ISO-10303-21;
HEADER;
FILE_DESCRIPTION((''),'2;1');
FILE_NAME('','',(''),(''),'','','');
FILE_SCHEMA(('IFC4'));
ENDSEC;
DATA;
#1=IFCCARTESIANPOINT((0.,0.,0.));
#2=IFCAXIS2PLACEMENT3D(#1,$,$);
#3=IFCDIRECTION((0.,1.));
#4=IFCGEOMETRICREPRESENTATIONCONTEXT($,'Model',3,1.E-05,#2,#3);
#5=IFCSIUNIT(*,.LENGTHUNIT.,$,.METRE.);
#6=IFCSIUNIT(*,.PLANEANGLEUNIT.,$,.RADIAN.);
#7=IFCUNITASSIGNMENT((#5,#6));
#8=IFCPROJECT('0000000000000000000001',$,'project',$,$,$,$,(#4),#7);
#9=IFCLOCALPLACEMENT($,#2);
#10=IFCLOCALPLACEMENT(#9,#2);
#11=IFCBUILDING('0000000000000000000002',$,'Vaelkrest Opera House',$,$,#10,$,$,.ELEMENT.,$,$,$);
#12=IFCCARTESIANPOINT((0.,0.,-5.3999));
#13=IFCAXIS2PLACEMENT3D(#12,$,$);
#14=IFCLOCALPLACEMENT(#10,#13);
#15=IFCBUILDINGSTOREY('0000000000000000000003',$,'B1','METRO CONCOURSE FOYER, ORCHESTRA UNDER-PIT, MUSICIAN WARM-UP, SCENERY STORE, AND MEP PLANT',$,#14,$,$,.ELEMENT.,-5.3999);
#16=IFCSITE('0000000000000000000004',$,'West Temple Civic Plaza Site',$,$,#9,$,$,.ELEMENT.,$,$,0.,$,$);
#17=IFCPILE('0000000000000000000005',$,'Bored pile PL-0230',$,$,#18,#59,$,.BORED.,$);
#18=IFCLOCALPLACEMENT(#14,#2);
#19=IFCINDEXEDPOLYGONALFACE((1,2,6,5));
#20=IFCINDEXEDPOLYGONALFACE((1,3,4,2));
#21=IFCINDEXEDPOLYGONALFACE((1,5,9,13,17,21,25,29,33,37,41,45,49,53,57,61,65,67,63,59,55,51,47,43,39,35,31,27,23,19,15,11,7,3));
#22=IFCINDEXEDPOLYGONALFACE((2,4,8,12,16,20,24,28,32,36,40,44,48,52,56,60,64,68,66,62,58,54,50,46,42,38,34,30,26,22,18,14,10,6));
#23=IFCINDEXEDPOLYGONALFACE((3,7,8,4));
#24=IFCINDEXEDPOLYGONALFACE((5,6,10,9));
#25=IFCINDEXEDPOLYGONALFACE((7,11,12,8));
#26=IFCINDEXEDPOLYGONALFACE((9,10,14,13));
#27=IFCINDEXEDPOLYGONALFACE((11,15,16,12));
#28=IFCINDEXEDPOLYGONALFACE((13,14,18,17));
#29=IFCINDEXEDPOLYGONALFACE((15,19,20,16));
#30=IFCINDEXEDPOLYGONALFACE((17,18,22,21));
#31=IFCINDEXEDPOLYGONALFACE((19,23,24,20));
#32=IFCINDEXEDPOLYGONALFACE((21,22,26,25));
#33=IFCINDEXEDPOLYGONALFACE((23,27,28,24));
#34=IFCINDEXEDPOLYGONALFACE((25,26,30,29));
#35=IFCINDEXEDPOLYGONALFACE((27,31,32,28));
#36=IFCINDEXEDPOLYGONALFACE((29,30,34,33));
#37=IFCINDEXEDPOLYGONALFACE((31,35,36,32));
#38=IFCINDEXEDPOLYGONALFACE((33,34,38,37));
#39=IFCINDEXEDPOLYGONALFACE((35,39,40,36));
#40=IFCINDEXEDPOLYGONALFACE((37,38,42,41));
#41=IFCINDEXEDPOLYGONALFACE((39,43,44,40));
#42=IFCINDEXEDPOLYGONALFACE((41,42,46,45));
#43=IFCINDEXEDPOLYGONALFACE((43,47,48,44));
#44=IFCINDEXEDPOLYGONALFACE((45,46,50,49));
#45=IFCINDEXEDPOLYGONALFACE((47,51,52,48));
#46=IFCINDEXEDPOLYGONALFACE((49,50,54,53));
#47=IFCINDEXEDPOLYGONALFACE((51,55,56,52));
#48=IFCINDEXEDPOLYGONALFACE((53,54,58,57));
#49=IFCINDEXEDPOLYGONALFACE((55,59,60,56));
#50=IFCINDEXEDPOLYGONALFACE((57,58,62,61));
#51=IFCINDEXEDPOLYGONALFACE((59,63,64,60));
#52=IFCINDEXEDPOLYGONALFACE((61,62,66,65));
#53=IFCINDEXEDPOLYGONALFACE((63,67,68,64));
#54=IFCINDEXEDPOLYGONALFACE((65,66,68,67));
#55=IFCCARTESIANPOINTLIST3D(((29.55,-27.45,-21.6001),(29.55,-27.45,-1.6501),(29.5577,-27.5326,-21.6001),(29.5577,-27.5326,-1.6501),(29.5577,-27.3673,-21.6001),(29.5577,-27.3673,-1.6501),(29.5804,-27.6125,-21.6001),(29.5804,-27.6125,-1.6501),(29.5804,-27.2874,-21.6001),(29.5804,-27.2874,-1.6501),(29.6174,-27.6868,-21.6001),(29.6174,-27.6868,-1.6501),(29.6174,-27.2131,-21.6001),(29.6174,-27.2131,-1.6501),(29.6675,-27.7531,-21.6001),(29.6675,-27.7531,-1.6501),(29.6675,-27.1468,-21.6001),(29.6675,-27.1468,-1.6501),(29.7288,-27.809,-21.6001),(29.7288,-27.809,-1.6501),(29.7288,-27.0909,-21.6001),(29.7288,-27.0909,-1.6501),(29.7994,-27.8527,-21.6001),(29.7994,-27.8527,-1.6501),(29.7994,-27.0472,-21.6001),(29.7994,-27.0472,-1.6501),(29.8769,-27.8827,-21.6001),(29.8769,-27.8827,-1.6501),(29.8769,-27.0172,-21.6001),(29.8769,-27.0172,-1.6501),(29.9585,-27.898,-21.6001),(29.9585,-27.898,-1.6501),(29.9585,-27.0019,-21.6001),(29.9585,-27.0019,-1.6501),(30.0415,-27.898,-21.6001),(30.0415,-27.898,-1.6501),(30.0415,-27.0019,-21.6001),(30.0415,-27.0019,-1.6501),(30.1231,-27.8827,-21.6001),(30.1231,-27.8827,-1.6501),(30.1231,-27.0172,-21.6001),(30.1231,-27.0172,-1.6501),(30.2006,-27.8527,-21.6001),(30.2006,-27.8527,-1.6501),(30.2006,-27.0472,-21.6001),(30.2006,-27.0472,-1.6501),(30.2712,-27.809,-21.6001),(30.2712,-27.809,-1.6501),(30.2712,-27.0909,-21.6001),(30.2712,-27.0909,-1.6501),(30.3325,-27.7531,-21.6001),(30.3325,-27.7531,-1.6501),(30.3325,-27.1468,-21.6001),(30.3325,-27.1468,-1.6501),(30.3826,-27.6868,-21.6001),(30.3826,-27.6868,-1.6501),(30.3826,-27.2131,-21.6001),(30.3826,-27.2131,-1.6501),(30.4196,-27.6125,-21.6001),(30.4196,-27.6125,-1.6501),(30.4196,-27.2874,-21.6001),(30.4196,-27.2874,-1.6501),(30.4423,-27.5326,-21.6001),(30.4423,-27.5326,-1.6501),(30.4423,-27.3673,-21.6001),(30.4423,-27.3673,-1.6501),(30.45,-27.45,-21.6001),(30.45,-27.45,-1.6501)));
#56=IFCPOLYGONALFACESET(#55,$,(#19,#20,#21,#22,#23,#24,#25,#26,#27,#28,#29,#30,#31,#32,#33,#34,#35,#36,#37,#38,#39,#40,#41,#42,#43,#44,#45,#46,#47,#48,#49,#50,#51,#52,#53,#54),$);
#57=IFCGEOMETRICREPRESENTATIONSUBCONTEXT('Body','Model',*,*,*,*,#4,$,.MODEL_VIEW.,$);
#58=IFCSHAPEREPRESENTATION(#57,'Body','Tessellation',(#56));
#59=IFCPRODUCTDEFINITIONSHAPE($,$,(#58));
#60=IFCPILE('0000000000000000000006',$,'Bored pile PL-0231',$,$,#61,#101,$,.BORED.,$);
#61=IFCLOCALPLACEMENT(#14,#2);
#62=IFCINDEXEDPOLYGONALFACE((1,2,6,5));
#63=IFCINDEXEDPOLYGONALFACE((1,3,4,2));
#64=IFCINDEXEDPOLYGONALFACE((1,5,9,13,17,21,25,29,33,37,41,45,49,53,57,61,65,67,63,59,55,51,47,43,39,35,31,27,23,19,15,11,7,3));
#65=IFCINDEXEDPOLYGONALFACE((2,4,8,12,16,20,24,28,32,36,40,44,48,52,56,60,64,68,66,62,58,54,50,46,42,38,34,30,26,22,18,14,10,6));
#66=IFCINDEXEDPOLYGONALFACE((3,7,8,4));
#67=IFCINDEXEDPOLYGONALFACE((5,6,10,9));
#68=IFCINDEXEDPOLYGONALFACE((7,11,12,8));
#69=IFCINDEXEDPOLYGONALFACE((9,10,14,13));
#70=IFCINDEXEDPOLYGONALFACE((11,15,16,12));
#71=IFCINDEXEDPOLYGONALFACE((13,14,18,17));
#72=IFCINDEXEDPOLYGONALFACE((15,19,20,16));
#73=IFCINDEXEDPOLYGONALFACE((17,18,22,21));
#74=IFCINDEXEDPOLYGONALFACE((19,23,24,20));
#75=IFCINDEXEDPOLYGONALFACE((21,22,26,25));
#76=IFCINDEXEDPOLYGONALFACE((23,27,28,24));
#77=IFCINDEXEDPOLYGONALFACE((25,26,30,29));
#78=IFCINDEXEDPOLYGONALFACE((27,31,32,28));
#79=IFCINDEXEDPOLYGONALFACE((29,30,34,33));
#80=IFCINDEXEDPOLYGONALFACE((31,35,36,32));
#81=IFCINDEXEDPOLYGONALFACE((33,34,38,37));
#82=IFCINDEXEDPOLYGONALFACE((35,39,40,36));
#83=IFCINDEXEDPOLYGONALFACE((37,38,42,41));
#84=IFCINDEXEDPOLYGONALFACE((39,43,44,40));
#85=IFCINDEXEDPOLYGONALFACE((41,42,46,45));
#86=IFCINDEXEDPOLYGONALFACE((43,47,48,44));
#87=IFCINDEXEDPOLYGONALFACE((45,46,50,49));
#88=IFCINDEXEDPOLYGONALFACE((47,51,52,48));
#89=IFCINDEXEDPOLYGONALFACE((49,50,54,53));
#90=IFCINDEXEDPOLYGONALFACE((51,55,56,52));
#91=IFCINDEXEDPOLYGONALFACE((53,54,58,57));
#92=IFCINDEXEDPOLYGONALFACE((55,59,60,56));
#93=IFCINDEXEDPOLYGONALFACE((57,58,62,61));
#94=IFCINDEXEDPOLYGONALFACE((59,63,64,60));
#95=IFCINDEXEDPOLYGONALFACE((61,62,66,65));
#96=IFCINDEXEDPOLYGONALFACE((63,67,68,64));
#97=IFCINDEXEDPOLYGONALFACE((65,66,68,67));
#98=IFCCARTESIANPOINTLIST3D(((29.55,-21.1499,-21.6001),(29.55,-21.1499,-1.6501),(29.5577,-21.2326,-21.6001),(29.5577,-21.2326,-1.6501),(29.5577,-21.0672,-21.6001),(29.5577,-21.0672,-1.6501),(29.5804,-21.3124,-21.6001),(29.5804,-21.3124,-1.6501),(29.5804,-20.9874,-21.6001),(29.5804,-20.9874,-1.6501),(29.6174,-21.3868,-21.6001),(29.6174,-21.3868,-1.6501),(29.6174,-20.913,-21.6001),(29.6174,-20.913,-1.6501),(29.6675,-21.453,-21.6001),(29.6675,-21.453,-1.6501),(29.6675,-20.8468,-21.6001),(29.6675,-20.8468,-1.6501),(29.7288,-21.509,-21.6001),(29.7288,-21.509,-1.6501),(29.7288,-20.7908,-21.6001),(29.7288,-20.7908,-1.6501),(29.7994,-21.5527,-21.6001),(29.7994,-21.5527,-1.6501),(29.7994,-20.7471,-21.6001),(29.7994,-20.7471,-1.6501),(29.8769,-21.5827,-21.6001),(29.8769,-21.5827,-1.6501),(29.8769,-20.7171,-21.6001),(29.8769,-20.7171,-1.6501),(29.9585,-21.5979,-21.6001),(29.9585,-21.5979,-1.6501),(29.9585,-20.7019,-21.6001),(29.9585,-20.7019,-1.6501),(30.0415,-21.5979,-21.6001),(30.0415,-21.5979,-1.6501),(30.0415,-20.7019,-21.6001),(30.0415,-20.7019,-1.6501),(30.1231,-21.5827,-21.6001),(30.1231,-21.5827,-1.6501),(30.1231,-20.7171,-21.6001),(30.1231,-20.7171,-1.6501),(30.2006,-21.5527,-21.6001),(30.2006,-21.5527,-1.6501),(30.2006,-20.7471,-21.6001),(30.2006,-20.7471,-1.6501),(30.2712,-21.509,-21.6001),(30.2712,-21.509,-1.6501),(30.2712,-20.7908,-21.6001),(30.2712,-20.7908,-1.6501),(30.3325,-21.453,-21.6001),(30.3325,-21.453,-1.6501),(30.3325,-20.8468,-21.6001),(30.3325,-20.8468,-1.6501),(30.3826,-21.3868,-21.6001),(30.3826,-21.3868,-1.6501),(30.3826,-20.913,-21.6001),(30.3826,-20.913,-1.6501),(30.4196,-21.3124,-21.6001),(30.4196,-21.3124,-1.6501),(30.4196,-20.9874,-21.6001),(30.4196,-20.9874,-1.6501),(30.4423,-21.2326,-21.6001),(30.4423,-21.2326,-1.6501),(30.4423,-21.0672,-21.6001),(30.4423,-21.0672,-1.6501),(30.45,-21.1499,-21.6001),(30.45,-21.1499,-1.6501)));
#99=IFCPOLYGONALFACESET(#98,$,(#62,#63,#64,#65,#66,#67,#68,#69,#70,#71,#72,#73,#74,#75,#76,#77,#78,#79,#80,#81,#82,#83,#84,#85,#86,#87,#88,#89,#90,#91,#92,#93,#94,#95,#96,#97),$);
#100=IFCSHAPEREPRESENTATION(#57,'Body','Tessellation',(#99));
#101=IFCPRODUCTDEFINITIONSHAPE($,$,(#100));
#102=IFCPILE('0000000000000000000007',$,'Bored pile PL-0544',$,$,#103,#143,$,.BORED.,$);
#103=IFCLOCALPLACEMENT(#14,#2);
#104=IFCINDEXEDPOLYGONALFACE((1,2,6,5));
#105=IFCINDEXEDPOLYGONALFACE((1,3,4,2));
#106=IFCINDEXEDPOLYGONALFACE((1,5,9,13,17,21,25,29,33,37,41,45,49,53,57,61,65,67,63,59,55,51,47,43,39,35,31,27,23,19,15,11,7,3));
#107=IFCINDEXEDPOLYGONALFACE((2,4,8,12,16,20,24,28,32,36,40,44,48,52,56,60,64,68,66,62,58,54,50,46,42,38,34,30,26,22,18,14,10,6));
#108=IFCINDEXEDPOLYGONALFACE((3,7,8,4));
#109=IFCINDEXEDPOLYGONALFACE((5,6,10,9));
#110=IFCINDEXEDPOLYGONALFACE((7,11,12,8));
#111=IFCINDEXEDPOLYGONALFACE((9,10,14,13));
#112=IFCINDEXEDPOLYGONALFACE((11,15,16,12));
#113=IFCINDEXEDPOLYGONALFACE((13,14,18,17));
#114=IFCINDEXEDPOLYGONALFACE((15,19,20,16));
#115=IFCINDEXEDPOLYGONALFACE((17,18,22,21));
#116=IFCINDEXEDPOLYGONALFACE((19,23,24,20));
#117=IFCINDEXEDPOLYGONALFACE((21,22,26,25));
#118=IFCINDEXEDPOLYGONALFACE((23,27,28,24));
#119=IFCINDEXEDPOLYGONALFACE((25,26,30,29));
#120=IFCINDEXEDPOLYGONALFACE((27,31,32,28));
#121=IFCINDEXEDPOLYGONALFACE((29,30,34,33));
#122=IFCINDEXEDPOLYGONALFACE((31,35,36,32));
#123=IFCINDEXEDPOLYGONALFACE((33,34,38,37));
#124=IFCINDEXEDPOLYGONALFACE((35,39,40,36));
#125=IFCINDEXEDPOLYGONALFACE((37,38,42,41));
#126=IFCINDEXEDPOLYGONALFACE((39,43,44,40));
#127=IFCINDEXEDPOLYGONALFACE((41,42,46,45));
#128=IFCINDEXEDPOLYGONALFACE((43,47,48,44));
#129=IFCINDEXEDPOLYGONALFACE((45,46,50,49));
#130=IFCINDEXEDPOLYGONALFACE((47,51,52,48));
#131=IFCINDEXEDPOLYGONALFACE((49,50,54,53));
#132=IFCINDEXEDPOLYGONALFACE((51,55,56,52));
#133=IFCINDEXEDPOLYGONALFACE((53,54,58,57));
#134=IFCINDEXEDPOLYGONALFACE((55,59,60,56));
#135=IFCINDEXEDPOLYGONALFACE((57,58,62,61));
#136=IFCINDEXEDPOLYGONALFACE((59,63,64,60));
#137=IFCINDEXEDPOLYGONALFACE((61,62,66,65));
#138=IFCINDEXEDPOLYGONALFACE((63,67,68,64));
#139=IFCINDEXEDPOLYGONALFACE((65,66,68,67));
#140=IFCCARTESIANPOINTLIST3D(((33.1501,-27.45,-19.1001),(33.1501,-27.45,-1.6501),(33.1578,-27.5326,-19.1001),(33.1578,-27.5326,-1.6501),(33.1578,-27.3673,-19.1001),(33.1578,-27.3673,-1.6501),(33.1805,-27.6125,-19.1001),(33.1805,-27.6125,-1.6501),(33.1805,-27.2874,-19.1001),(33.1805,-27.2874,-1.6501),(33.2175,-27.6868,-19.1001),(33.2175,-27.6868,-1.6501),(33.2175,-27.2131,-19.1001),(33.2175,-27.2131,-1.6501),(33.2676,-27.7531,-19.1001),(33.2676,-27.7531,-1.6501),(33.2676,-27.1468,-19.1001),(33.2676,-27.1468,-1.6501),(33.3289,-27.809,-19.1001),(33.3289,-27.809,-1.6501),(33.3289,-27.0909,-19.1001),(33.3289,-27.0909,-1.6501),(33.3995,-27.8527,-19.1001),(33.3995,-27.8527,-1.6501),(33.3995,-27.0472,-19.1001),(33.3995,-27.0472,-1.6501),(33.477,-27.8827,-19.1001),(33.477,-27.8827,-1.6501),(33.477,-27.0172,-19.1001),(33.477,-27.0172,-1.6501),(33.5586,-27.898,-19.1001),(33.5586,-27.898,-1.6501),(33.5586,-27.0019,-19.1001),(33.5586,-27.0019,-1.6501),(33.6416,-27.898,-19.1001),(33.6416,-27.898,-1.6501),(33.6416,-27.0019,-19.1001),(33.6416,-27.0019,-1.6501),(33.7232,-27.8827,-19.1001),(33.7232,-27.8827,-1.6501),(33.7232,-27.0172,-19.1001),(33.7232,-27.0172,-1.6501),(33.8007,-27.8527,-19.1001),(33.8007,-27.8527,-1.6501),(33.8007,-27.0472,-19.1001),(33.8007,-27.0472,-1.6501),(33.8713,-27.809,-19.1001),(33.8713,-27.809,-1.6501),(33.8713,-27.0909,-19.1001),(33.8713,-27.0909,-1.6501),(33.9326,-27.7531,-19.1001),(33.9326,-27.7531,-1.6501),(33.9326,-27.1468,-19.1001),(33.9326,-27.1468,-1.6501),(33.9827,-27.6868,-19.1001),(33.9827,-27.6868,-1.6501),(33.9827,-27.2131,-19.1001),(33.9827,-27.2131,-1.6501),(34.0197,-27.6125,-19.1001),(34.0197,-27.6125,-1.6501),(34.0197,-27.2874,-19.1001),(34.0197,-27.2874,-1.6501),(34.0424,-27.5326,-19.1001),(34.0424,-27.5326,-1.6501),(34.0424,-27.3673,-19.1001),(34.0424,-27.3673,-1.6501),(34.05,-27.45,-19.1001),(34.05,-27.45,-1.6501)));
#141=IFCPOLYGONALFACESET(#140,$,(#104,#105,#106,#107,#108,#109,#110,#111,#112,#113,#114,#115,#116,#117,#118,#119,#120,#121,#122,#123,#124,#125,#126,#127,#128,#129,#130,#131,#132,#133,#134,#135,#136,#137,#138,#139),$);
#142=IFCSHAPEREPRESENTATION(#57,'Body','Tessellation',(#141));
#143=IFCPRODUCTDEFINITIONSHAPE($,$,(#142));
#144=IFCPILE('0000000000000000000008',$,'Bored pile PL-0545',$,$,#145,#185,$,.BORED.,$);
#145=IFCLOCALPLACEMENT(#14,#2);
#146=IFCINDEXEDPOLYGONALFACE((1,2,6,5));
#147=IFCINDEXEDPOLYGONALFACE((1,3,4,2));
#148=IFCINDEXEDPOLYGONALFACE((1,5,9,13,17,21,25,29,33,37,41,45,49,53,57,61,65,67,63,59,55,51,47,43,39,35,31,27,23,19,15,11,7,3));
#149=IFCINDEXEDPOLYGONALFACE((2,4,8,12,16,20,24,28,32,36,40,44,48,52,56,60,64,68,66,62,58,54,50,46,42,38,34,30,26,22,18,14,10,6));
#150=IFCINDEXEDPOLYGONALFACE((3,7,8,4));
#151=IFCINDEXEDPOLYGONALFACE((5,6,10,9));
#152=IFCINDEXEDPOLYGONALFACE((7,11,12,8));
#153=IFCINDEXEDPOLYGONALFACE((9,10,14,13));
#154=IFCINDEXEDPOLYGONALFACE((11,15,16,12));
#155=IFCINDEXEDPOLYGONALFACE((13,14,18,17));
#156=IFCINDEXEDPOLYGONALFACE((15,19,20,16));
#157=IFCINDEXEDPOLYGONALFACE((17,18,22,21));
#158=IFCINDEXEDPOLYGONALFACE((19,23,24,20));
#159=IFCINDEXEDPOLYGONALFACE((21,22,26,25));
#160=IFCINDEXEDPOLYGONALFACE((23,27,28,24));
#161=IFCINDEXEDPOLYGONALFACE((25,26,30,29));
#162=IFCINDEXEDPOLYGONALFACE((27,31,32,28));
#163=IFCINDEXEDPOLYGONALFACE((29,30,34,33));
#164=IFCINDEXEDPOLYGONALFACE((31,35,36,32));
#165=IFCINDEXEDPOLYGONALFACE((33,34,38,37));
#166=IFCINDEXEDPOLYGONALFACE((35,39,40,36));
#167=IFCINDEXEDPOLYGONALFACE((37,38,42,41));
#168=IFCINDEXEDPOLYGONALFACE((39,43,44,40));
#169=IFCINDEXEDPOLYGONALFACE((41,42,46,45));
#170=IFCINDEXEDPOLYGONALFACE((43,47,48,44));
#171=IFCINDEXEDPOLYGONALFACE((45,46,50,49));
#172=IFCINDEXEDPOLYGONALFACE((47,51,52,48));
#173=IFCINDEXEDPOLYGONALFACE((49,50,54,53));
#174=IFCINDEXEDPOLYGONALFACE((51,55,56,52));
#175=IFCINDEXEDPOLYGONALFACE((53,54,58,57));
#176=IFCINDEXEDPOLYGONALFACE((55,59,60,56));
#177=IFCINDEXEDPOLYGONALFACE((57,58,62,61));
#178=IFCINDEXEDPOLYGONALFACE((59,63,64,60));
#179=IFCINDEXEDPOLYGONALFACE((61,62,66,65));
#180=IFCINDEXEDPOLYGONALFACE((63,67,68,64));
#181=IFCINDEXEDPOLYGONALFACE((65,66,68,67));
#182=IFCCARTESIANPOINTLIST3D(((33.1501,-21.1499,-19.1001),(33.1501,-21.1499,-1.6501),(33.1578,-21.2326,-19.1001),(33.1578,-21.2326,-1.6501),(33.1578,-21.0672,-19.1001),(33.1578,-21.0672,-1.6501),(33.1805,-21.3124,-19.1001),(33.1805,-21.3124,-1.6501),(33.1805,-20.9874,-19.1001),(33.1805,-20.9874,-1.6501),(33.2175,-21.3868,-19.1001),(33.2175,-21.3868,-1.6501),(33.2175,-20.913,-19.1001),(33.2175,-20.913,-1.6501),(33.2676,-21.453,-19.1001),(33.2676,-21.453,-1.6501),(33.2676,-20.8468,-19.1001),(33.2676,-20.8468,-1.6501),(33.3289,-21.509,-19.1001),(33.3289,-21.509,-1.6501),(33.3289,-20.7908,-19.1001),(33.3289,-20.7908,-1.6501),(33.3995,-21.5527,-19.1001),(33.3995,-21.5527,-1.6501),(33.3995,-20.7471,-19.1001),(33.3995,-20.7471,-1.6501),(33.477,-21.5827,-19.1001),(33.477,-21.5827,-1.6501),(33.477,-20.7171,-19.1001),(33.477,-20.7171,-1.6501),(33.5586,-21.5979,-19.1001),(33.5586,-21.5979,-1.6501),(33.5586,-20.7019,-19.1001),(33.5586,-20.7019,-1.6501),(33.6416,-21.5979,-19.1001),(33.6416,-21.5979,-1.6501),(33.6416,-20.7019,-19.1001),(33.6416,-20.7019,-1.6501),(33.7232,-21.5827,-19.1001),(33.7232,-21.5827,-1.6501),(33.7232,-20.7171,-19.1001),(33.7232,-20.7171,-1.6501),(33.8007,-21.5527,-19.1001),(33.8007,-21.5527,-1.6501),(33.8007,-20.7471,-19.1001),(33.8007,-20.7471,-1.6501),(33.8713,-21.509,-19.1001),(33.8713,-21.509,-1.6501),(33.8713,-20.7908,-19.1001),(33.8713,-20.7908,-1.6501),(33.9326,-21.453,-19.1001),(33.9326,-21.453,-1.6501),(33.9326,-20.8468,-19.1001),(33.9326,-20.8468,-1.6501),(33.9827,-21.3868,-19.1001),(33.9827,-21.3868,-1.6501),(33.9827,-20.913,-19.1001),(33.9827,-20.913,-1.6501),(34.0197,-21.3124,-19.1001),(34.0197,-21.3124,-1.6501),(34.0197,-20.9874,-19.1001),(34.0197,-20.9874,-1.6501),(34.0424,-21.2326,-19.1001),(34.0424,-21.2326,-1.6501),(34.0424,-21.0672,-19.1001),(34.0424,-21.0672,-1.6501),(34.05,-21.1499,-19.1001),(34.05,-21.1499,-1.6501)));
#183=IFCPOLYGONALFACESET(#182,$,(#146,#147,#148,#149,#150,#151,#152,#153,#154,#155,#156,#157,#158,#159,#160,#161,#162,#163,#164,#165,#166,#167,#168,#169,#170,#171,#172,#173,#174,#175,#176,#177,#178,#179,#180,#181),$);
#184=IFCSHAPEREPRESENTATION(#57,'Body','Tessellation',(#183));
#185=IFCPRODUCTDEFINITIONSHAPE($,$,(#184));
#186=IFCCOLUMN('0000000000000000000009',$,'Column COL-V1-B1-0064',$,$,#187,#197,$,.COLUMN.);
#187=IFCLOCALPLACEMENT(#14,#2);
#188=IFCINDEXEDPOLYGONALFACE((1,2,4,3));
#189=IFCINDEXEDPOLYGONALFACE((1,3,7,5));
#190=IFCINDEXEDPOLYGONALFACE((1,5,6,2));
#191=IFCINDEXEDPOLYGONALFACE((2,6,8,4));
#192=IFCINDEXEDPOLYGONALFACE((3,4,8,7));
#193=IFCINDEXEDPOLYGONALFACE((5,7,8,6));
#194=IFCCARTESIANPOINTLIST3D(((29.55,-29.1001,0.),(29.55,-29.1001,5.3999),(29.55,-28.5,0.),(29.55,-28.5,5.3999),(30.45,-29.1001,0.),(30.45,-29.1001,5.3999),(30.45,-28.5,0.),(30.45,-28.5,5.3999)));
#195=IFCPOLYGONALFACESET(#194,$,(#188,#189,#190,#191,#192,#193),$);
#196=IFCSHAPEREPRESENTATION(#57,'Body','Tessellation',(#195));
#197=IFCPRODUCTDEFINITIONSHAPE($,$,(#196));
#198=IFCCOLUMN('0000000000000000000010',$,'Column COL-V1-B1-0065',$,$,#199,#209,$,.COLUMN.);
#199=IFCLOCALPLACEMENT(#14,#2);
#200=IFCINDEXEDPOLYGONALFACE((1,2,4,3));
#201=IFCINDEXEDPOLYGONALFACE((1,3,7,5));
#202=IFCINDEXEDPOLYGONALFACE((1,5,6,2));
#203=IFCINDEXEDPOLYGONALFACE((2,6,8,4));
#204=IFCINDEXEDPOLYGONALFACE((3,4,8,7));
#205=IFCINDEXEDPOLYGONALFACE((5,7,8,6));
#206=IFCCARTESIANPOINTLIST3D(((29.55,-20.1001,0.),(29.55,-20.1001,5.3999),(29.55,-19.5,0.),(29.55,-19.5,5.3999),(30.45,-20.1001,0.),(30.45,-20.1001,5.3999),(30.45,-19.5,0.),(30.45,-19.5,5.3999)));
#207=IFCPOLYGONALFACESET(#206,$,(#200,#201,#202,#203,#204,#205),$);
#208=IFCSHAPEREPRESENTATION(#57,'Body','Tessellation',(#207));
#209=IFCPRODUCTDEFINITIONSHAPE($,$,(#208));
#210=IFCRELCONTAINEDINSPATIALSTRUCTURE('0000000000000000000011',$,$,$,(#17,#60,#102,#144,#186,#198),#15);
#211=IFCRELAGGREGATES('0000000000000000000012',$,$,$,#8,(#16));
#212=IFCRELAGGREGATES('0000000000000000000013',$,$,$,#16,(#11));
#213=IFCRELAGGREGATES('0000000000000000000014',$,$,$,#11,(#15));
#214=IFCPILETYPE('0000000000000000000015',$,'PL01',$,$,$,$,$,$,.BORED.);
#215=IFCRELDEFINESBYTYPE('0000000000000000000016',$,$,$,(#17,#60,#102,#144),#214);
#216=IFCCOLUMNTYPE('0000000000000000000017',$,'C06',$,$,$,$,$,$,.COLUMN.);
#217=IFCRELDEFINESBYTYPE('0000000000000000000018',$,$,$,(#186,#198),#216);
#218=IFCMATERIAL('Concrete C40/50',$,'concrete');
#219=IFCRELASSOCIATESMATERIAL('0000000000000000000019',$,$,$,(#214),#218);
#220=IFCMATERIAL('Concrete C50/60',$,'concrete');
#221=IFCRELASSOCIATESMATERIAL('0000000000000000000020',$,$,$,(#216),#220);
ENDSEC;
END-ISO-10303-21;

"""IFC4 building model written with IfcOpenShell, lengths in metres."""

from ifc_helpers import new_model, si_unit, direction, frame, origin, origin_2d, place, context, subcontext, project, spatial, rectangle, circle, extrude, material, material_profile, profile_set, type_object, element, save


model = new_model("IFC4")

# Units and contexts
model_context = context("Model", 3, precision=1e-05, world=origin(), true_north=direction((0.0, 1.0)))
body_context = subcontext(model_context, "Body", "Model", "MODEL_VIEW")
ifc_project = project(units=[si_unit("LENGTHUNIT", "METRE"), si_unit("PLANEANGLEUNIT", "RADIAN")], contexts=[model_context])

# Site, building, storey
site_placement = place(None, origin())
site = spatial("IfcSite", under=ifc_project, at=site_placement, Name="West Temple Civic Plaza Site", CompositionType="ELEMENT", RefElevation=0.0)
building_placement = place(site_placement, origin())
building = spatial("IfcBuilding", under=site, at=building_placement, Name="Vaelkrest Opera House", CompositionType="ELEMENT")
storey_placement = place(building_placement, frame((0.0, 0.0, -5.3999)))
storey = spatial("IfcBuildingStorey", under=building, at=storey_placement, Name="B1", Description="METRO CONCOURSE FOYER, ORCHESTRA UNDER-PIT, MUSICIAN WARM-UP, SCENERY STORE, AND MEP PLANT", CompositionType="ELEMENT", Elevation=-5.3999)

# Shared definitions
ifc_material_1 = material(Name="Concrete C40/50", Category="concrete")

# Piles
ifc_material_profile_1 = material_profile(ifc_material_1, circle(Radius=0.45, at=origin_2d()), Name="PILE900")
ifc_profile_set_1 = profile_set([ifc_material_profile_1], Name="Concrete C40/50")
pile_type = type_object("IfcPileType", Name="PL01", PredefinedType="BORED", material=ifc_profile_set_1)
for number, where, z_axis, x_axis, name in (
    (1, (30.0, -27.45, -1.6501), (0.0, 0.0, -1.0), (1.0, 0.0, 0.0), "Bored pile PL-0230"),
    (2, (30.0, -21.1499, -1.6501), (0.0, 0.0, -1.0), (1.0, 0.0, 0.0), "Bored pile PL-0231"),
):
    element("IfcPile", number, at=place(storey_placement, frame(where, z_axis=z_axis, x_axis=x_axis)), inside=storey, type_object=pile_type, Name=name, PredefinedType="BORED", context=body_context, shape_type="SweptSolid", body=[
        extrude(circle(Radius=0.45, at=origin_2d()), origin(), (0.0, 0.0, 1.0), 19.95),
    ])
for number, where, z_axis, x_axis, name in (
    (3, (33.6001, -27.45, -1.6501), (0.0, 0.0, -1.0), (1.0, 0.0, 0.0), "Bored pile PL-0544"),
    (4, (33.6001, -21.1499, -1.6501), (0.0, 0.0, -1.0), (1.0, 0.0, 0.0), "Bored pile PL-0545"),
):
    element("IfcPile", number, at=place(storey_placement, frame(where, z_axis=z_axis, x_axis=x_axis)), inside=storey, type_object=pile_type, Name=name, PredefinedType="BORED", context=body_context, shape_type="SweptSolid", body=[
        extrude(circle(Radius=0.45, at=origin_2d()), origin(), (0.0, 0.0, 1.0), 17.45),
    ])

# Columns
ifc_material_2 = material(Name="Concrete C50/60", Category="concrete")
ifc_material_profile_2 = material_profile(ifc_material_2, rectangle(XDim=0.6001, YDim=0.8999, at=origin_2d()), Name="RC600X900")
ifc_profile_set_2 = profile_set([ifc_material_profile_2], Name="Concrete C50/60")
column_type = type_object("IfcColumnType", Name="C06", PredefinedType="COLUMN", material=ifc_profile_set_2)
for number, where, z_axis, x_axis, name in (
    (5, (30.0, -28.8, 0.0), (0.0, 0.0, 1.0), (0.0, 1.0, 0.0), "Column COL-V1-B1-0064"),
    (6, (30.0, -19.8, 0.0), (0.0, 0.0, 1.0), (0.0, 1.0, 0.0), "Column COL-V1-B1-0065"),
):
    element("IfcColumn", number, at=place(storey_placement, frame(where, z_axis=z_axis, x_axis=x_axis)), inside=storey, type_object=column_type, Name=name, PredefinedType="COLUMN", context=body_context, shape_type="SweptSolid", body=[
        extrude(rectangle(XDim=0.6001, YDim=0.8999, at=origin_2d()), origin(), (0.0, 0.0, 1.0), 5.3999),
    ])

save(model, "model.ifc")
